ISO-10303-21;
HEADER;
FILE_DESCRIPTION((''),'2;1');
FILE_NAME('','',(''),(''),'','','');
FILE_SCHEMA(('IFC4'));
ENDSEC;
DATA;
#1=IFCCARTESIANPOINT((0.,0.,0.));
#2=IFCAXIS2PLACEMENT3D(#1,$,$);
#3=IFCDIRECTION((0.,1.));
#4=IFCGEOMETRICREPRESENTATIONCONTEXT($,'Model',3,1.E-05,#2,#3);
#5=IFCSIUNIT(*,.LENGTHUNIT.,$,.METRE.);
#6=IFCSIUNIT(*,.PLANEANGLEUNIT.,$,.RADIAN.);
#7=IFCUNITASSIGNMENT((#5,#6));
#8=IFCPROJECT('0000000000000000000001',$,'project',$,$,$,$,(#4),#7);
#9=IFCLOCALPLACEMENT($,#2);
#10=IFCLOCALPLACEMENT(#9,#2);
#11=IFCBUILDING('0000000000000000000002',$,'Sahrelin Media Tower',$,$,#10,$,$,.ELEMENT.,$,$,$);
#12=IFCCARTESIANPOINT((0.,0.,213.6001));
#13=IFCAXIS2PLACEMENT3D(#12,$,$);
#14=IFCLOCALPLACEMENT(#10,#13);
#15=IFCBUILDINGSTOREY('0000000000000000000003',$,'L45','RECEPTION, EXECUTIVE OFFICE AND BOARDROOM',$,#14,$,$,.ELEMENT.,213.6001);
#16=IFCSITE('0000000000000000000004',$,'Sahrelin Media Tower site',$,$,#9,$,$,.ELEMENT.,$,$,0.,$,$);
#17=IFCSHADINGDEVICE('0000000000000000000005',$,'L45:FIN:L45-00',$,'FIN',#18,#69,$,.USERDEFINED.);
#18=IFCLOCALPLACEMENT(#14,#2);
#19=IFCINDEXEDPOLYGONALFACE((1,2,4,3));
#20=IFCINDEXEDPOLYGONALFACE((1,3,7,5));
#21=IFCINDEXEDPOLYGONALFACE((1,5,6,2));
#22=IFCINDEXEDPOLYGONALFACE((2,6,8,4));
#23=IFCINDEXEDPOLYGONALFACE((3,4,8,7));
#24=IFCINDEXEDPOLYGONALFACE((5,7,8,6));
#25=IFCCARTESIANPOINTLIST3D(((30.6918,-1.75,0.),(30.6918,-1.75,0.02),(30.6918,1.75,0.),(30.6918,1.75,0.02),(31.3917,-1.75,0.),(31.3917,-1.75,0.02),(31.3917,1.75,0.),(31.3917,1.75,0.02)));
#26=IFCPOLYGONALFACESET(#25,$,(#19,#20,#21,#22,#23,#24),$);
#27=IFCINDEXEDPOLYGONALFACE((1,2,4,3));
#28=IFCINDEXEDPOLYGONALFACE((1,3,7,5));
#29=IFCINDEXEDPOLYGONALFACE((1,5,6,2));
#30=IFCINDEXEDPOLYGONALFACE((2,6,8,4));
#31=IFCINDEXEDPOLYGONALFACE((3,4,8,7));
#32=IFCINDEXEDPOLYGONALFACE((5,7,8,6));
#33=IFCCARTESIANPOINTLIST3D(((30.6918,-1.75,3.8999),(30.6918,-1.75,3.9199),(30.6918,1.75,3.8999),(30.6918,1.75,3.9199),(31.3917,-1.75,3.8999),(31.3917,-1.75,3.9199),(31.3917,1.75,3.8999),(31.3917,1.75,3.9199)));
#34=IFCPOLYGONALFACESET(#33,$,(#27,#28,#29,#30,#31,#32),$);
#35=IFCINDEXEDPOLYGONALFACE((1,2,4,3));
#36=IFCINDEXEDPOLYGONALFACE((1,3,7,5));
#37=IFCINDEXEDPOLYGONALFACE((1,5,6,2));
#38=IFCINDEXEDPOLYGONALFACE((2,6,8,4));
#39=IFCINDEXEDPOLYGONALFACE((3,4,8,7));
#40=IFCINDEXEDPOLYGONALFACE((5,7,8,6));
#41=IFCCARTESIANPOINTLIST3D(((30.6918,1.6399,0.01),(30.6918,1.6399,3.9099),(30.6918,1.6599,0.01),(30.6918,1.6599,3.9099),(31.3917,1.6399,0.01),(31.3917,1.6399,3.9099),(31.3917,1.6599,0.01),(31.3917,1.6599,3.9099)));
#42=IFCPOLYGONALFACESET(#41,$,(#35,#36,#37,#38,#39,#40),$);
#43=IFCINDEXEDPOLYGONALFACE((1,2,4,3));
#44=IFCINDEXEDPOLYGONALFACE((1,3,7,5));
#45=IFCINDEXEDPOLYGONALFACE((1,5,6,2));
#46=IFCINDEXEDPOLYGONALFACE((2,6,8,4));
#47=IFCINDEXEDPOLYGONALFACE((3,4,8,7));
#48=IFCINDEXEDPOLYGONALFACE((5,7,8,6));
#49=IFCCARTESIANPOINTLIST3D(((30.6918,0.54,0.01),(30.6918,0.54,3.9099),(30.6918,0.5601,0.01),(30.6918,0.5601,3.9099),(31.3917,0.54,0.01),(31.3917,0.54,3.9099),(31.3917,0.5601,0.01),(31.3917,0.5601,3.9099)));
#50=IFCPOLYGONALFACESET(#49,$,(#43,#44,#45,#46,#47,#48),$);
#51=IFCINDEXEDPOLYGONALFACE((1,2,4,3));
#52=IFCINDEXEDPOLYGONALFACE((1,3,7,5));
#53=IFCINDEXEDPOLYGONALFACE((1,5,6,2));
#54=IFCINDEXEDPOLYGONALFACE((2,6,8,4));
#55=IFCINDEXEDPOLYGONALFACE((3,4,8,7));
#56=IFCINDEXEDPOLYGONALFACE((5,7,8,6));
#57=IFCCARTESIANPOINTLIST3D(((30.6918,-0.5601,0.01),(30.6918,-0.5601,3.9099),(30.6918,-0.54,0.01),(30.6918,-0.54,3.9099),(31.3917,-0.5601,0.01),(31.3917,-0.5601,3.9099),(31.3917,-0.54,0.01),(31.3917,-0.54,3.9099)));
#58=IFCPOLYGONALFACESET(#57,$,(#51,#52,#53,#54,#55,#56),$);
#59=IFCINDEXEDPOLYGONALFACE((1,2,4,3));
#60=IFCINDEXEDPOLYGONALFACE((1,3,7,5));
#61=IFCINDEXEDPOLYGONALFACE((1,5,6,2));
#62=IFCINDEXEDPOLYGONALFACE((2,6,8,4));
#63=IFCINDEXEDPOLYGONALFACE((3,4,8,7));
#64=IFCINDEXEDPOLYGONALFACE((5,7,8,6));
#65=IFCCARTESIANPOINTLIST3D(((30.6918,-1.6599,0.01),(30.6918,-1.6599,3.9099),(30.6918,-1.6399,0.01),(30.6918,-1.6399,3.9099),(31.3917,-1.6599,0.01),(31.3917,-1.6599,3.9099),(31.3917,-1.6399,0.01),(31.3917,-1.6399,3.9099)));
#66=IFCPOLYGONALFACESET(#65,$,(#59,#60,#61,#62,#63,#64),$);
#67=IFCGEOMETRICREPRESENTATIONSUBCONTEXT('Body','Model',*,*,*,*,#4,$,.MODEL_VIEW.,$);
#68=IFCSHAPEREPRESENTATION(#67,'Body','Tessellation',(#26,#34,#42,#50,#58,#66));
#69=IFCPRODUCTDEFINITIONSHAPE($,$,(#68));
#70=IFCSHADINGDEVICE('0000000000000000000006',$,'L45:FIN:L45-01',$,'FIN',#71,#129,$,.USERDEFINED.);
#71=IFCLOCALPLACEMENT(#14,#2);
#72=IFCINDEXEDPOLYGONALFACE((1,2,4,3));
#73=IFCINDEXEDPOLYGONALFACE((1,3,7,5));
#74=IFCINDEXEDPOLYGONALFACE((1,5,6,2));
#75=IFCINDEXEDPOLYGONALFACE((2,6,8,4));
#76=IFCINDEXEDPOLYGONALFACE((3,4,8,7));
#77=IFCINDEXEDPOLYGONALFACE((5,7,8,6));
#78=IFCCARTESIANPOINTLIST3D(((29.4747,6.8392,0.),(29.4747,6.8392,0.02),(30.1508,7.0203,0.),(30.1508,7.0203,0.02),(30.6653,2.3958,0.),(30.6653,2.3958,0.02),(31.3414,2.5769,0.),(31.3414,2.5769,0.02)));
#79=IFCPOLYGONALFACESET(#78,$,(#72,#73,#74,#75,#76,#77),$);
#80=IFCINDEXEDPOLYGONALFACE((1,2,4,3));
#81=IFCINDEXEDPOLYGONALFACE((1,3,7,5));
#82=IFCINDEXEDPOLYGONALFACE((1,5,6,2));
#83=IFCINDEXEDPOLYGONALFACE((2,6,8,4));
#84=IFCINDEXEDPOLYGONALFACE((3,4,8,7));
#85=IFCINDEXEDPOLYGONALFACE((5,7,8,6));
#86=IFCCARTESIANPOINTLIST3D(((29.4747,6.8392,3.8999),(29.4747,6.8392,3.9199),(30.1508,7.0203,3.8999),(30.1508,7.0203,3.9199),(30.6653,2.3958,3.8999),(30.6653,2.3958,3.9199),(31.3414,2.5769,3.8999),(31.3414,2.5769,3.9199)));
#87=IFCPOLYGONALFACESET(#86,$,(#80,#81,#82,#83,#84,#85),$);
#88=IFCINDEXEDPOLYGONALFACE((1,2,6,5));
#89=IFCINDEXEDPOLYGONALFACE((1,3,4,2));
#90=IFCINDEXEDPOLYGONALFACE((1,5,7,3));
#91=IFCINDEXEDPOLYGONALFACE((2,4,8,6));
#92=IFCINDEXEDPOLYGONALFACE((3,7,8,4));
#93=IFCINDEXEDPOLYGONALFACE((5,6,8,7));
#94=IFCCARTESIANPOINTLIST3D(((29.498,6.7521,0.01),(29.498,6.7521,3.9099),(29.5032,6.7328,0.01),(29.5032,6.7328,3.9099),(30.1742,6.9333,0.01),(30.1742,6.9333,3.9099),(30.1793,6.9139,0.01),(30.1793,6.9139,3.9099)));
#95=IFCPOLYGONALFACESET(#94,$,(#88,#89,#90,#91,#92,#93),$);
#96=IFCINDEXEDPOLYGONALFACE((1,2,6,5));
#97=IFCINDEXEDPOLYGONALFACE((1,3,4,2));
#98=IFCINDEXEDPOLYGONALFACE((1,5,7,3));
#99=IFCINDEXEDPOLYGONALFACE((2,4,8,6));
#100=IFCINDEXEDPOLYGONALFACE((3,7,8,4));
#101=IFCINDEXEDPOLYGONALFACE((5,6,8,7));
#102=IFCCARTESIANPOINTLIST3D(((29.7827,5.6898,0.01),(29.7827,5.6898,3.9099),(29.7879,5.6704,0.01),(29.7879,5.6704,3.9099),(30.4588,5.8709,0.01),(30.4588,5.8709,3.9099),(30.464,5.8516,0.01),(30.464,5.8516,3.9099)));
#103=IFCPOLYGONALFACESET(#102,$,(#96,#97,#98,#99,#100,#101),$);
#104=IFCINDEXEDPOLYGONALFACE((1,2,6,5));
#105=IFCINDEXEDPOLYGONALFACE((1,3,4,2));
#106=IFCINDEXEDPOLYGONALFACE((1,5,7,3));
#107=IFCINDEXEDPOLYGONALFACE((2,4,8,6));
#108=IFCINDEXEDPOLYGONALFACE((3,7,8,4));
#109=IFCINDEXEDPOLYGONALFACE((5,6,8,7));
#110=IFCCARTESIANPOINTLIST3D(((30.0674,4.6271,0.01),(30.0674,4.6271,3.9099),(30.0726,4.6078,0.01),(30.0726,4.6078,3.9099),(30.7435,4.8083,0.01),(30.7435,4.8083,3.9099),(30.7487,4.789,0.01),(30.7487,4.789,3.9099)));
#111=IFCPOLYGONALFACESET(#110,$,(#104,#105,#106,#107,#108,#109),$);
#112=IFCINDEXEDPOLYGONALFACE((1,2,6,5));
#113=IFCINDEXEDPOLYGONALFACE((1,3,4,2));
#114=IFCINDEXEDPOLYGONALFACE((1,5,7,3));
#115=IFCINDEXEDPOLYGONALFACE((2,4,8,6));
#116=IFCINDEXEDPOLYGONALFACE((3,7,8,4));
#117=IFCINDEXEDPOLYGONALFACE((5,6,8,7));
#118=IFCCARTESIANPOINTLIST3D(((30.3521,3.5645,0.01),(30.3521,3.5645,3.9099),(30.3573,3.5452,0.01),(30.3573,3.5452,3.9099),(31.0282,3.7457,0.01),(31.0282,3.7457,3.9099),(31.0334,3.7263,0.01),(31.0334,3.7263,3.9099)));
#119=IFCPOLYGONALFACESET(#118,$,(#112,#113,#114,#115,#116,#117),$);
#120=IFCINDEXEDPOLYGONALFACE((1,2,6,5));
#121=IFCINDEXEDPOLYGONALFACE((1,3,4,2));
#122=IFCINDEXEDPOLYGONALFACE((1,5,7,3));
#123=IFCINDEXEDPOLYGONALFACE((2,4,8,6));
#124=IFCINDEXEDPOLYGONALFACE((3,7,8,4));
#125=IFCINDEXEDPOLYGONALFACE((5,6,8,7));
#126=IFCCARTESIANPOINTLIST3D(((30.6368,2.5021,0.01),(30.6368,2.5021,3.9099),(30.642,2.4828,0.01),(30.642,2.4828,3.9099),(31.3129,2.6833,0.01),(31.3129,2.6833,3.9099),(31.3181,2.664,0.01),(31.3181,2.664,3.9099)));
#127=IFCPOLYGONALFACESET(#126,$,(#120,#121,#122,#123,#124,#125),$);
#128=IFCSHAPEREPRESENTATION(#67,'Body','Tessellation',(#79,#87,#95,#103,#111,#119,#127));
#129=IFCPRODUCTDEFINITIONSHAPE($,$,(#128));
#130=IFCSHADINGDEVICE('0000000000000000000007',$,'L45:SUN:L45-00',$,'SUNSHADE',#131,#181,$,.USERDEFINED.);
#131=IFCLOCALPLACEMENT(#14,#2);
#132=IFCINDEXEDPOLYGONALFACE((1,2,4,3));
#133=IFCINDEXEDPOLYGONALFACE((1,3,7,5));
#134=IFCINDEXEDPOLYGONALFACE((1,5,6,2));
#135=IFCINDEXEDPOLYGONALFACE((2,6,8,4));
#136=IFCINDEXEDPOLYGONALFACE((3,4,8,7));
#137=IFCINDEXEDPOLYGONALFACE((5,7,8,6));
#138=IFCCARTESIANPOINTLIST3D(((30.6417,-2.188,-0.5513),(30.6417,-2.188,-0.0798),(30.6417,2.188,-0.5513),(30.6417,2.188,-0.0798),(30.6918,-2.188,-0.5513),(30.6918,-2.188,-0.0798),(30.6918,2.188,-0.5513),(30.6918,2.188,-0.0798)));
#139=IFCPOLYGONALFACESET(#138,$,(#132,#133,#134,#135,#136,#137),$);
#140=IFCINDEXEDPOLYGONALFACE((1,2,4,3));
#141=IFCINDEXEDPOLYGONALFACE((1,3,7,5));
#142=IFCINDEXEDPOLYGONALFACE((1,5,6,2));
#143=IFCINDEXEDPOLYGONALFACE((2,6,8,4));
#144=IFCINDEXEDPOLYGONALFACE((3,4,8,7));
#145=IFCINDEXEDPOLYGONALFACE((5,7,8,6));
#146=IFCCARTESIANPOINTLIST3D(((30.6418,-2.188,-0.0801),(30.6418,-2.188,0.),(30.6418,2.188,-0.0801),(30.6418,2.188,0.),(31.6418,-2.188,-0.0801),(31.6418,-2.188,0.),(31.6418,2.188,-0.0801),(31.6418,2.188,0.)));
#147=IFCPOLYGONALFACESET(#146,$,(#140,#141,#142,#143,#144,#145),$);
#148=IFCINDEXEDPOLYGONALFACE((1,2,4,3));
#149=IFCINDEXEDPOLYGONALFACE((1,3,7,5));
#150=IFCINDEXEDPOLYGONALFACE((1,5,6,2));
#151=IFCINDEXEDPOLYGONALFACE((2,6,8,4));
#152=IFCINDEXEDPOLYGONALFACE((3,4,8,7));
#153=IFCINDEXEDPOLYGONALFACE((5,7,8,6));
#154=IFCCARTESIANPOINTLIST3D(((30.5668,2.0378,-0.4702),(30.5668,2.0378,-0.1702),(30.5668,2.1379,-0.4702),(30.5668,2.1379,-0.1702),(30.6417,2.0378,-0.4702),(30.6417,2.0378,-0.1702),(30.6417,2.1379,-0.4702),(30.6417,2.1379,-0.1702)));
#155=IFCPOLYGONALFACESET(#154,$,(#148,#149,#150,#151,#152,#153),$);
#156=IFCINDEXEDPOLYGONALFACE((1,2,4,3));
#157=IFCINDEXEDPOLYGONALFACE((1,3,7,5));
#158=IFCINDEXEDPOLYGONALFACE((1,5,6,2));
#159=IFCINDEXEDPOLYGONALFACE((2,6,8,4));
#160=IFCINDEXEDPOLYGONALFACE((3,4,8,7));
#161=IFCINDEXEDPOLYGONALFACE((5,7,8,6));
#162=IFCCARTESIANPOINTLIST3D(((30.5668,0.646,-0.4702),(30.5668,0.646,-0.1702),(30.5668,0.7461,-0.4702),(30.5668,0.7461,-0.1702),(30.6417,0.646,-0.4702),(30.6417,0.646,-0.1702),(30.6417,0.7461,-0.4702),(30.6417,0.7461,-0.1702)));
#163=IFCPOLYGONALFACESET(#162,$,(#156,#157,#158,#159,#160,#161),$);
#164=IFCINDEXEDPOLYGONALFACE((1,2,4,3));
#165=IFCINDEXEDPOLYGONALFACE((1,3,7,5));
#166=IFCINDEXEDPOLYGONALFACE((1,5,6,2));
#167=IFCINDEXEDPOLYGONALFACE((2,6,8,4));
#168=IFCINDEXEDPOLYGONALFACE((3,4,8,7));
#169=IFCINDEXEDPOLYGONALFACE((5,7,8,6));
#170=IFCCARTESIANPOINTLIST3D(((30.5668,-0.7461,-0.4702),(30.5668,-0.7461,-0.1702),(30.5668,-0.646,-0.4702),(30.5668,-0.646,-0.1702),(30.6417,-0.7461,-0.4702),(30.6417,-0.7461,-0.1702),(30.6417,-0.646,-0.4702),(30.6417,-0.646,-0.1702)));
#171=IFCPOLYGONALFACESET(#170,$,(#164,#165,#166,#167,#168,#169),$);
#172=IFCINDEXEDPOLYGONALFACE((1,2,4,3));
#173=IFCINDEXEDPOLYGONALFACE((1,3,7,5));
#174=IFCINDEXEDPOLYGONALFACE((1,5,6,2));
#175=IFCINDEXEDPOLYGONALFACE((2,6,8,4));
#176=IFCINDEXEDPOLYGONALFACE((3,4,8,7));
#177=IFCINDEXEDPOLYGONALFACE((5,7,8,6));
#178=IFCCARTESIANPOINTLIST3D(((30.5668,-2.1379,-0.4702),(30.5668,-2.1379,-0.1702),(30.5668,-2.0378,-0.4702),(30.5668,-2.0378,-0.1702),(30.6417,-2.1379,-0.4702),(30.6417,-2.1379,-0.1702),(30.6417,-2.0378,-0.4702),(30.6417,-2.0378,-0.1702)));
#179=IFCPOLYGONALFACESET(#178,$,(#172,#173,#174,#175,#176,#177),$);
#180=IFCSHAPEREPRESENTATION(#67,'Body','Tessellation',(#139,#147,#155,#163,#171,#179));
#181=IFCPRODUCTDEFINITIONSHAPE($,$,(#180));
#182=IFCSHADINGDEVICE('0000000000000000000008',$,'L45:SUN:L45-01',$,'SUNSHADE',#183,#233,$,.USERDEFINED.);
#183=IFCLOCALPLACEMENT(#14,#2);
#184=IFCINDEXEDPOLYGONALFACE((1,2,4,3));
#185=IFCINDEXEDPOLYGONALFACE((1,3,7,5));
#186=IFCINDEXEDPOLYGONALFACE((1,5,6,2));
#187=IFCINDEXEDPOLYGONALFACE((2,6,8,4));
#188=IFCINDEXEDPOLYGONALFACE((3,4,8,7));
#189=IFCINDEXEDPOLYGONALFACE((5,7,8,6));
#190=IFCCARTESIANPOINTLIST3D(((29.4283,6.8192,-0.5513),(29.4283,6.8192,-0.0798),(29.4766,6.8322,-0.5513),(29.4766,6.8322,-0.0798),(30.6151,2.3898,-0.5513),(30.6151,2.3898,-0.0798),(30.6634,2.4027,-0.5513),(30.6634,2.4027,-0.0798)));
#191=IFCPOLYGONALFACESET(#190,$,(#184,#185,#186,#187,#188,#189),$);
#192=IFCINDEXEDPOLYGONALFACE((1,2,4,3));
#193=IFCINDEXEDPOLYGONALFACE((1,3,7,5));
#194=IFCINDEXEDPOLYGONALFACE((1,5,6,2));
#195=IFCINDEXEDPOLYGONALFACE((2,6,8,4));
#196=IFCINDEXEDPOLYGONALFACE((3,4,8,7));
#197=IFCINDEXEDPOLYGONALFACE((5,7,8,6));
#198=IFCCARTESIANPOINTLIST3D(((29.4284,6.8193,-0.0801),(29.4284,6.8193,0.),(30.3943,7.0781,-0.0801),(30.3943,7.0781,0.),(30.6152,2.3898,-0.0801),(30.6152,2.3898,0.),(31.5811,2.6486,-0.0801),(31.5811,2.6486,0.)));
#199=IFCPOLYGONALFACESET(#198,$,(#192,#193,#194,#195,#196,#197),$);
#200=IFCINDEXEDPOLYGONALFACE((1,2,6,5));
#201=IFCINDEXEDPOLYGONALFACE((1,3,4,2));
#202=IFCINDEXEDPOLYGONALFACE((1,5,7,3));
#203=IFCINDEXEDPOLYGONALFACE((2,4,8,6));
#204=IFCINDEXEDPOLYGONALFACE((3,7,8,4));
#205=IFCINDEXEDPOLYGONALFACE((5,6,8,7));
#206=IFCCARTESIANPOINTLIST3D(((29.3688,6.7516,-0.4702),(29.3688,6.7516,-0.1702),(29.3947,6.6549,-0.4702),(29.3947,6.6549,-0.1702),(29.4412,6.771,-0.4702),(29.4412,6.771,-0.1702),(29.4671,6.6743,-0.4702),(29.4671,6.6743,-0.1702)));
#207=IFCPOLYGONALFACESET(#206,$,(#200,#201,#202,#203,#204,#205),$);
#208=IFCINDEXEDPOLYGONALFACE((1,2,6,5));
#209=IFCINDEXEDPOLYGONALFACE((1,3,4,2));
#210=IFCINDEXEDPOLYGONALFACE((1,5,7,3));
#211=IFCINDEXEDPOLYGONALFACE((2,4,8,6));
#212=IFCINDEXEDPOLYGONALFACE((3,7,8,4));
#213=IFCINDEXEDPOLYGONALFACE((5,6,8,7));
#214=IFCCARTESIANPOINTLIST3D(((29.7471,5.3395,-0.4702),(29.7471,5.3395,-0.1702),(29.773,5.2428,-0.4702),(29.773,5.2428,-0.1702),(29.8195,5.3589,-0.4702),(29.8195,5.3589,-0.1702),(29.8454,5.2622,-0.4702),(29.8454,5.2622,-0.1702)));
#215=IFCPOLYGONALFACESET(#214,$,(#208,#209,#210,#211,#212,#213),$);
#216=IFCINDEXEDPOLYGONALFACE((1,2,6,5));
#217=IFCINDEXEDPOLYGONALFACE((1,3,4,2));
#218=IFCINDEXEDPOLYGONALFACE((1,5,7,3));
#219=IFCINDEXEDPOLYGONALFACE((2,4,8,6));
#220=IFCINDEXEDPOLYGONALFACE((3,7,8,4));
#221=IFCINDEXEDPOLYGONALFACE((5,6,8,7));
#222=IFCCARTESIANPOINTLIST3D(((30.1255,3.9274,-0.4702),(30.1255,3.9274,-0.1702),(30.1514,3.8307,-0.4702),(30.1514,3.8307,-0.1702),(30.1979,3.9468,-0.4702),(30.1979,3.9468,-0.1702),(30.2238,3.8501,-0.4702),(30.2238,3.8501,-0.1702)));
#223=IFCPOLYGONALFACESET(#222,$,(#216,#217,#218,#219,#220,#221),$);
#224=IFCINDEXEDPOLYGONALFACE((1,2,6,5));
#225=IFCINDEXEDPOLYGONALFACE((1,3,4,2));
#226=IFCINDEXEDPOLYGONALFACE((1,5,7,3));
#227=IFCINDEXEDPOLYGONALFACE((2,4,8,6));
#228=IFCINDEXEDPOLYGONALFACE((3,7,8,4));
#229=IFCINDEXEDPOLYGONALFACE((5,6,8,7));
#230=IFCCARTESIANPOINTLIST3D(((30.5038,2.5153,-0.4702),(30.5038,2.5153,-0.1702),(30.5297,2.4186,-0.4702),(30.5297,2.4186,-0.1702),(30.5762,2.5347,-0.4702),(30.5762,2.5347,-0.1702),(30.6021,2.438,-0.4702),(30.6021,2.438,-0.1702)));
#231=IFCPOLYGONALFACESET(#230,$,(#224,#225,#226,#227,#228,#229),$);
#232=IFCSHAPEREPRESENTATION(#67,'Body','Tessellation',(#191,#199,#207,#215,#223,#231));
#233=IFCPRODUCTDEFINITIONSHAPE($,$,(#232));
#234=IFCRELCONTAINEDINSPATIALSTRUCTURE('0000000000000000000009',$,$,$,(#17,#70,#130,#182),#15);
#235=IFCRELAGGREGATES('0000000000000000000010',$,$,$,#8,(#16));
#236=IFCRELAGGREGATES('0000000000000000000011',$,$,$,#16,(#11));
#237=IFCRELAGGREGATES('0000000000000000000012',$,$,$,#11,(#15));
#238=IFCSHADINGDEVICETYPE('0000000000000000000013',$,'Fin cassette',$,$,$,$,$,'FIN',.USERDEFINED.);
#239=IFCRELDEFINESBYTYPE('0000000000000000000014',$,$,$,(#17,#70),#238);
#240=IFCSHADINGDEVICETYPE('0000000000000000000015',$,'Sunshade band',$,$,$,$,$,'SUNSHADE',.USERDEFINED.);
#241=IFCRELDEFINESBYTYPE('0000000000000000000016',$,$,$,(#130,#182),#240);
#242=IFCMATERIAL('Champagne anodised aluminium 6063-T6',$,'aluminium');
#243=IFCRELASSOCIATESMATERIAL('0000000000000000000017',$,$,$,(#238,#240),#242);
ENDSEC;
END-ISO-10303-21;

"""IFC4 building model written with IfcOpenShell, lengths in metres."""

from ifc_helpers import new_model, si_unit, direction, frame, origin, origin_2d, place, context, subcontext, project, spatial, rectangle, extrude, material, type_object, element, save


model = new_model("IFC4")

# Units and contexts
model_context = context("Model", 3, precision=1e-05, world=origin(), true_north=direction((0.0, 1.0)))
body_context = subcontext(model_context, "Body", "Model", "MODEL_VIEW")
ifc_project = project(units=[si_unit("LENGTHUNIT", "METRE"), si_unit("PLANEANGLEUNIT", "RADIAN")], contexts=[model_context])

# Site, building, storey
site_placement = place(None, origin())
site = spatial("IfcSite", under=ifc_project, at=site_placement, Name="Sahrelin Media Tower site", CompositionType="ELEMENT", RefElevation=0.0)
building_placement = place(site_placement, origin())
building = spatial("IfcBuilding", under=site, at=building_placement, Name="Sahrelin Media Tower", CompositionType="ELEMENT")
storey_placement = place(building_placement, frame((0.0, 0.0, 213.6001)))
storey = spatial("IfcBuildingStorey", under=building, at=storey_placement, Name="L45", Description="RECEPTION, EXECUTIVE OFFICE AND BOARDROOM", CompositionType="ELEMENT", Elevation=213.6001)

# Shared definitions
ifc_material_1 = material(Name="Champagne anodised aluminium 6063-T6", Category="aluminium")

# Shading devices
shading_device_type_1 = type_object("IfcShadingDeviceType", Name="Fin cassette", ElementType="FIN", PredefinedType="USERDEFINED", material=ifc_material_1)
placement_1 = place(storey_placement, frame((30.6218, 0.0, 0.0), z_axis=(0.0, 0.0, 1.0), x_axis=(0.0, -1.0, 0.0)))
element("IfcShadingDevice", 1, at=placement_1, inside=storey, type_object=shading_device_type_1, Name="L45:FIN:L45-00", ObjectType="FIN", PredefinedType="USERDEFINED", context=body_context, shape_type="SweptSolid", body=[
    extrude(rectangle(XDim=3.5, YDim=0.7, at=origin_2d()), frame((0.0, 0.4199, 0.0)), (0.0, 0.0, 1.0), 0.02),
    extrude(rectangle(XDim=3.5, YDim=0.7, at=origin_2d()), frame((0.0, 0.4199, 3.8999)), (0.0, 0.0, 1.0), 0.02),
    extrude(rectangle(XDim=0.02, YDim=0.7, at=origin_2d()), frame((-1.6499, 0.4199, 0.01), z_axis=(0.0, 0.0, 1.0), x_axis=(1.0, 0.0, 0.0)), (0.0, 0.0, 1.0), 3.8999),
    extrude(rectangle(XDim=0.02, YDim=0.7, at=origin_2d()), frame((-0.55, 0.4199, 0.01), z_axis=(0.0, 0.0, 1.0), x_axis=(1.0, 0.0, 0.0)), (0.0, 0.0, 1.0), 3.8999),
    extrude(rectangle(XDim=0.02, YDim=0.7, at=origin_2d()), frame((0.55, 0.4199, 0.01), z_axis=(0.0, 0.0, 1.0), x_axis=(1.0, 0.0, 0.0)), (0.0, 0.0, 1.0), 3.8999),
    extrude(rectangle(XDim=0.02, YDim=0.7, at=origin_2d()), frame((1.6499, 0.4199, 0.01), z_axis=(0.0, 0.0, 1.0), x_axis=(1.0, 0.0, 0.0)), (0.0, 0.0, 1.0), 3.8999),
])
placement_2 = place(storey_placement, frame((30.0024, 4.5994, 0.0), z_axis=(0.0, 0.0, 1.0), x_axis=(0.258808, -0.965929, 0.0)))
element("IfcShadingDevice", 2, at=placement_2, inside=storey, type_object=shading_device_type_1, Name="L45:FIN:L45-01", ObjectType="FIN", PredefinedType="USERDEFINED", context=body_context, shape_type="SweptSolid", body=[
    extrude(rectangle(XDim=4.6001, YDim=0.7, at=origin_2d()), frame((0.0, 0.4199, 0.0)), (0.0, 0.0, 1.0), 0.02),
    extrude(rectangle(XDim=4.6001, YDim=0.7, at=origin_2d()), frame((0.0, 0.4199, 3.8999)), (0.0, 0.0, 1.0), 0.02),
    extrude(rectangle(XDim=0.02, YDim=0.7, at=origin_2d()), frame((-2.2, 0.4199, 0.01), z_axis=(0.0, 0.0, 1.0), x_axis=(1.0, 0.0, 0.0)), (0.0, 0.0, 1.0), 3.8999),
    extrude(rectangle(XDim=0.02, YDim=0.7, at=origin_2d()), frame((-1.1001, 0.4199, 0.01), z_axis=(0.0, 0.0, 1.0), x_axis=(1.0, 0.0, 0.0)), (0.0, 0.0, 1.0), 3.8999),
    extrude(rectangle(XDim=0.02, YDim=0.7, at=origin_2d()), frame((0.0, 0.4199, 0.01), z_axis=(0.0, 0.0, 1.0), x_axis=(1.0, 0.0, 0.0)), (0.0, 0.0, 1.0), 3.8999),
    extrude(rectangle(XDim=0.02, YDim=0.7, at=origin_2d()), frame((1.1001, 0.4199, 0.01), z_axis=(0.0, 0.0, 1.0), x_axis=(1.0, 0.0, 0.0)), (0.0, 0.0, 1.0), 3.8999),
    extrude(rectangle(XDim=0.02, YDim=0.7, at=origin_2d()), frame((2.2, 0.4199, 0.01), z_axis=(0.0, 0.0, 1.0), x_axis=(1.0, 0.0, 0.0)), (0.0, 0.0, 1.0), 3.8999),
])
shading_device_type_2 = type_object("IfcShadingDeviceType", Name="Sunshade band", ElementType="SUNSHADE", PredefinedType="USERDEFINED", material=ifc_material_1)
element("IfcShadingDevice", 3, at=placement_1, inside=storey, type_object=shading_device_type_2, Name="L45:SUN:L45-00", ObjectType="SUNSHADE", PredefinedType="USERDEFINED", context=body_context, shape_type="SweptSolid", body=[
    extrude(rectangle(XDim=4.376, YDim=0.05, at=origin_2d()), frame((0.0, 0.0449, -0.5513)), (0.0, 0.0, 1.0), 0.4714),
    extrude(rectangle(XDim=4.376, YDim=1.0, at=origin_2d()), frame((0.0, 0.52, -0.0801)), (0.0, 0.0, 1.0), 0.0801),
    extrude(rectangle(XDim=0.1001, YDim=0.075, at=origin_2d()), frame((-2.0879, -0.0176, -0.4702)), (0.0, 0.0, 1.0), 0.3),
    extrude(rectangle(XDim=0.1001, YDim=0.075, at=origin_2d()), frame((-0.696, -0.0176, -0.4702)), (0.0, 0.0, 1.0), 0.3),
    extrude(rectangle(XDim=0.1001, YDim=0.075, at=origin_2d()), frame((0.696, -0.0176, -0.4702)), (0.0, 0.0, 1.0), 0.3),
    extrude(rectangle(XDim=0.1001, YDim=0.075, at=origin_2d()), frame((2.0879, -0.0176, -0.4702)), (0.0, 0.0, 1.0), 0.3),
])
element("IfcShadingDevice", 4, at=placement_2, inside=storey, type_object=shading_device_type_2, Name="L45:SUN:L45-01", ObjectType="SUNSHADE", PredefinedType="USERDEFINED", context=body_context, shape_type="SweptSolid", body=[
    extrude(rectangle(XDim=4.5857, YDim=0.05, at=origin_2d()), frame((0.0, 0.0449, -0.5513)), (0.0, 0.0, 1.0), 0.4714),
    extrude(rectangle(XDim=4.5857, YDim=1.0, at=origin_2d()), frame((0.0, 0.52, -0.0801)), (0.0, 0.0, 1.0), 0.0801),
    extrude(rectangle(XDim=0.1001, YDim=0.075, at=origin_2d()), frame((-2.1929, -0.0176, -0.4702)), (0.0, 0.0, 1.0), 0.3),
    extrude(rectangle(XDim=0.1001, YDim=0.075, at=origin_2d()), frame((-0.731, -0.0176, -0.4702)), (0.0, 0.0, 1.0), 0.3),
    extrude(rectangle(XDim=0.1001, YDim=0.075, at=origin_2d()), frame((0.731, -0.0176, -0.4702)), (0.0, 0.0, 1.0), 0.3),
    extrude(rectangle(XDim=0.1001, YDim=0.075, at=origin_2d()), frame((2.1929, -0.0176, -0.4702)), (0.0, 0.0, 1.0), 0.3),
])

save(model, "model.ifc")
